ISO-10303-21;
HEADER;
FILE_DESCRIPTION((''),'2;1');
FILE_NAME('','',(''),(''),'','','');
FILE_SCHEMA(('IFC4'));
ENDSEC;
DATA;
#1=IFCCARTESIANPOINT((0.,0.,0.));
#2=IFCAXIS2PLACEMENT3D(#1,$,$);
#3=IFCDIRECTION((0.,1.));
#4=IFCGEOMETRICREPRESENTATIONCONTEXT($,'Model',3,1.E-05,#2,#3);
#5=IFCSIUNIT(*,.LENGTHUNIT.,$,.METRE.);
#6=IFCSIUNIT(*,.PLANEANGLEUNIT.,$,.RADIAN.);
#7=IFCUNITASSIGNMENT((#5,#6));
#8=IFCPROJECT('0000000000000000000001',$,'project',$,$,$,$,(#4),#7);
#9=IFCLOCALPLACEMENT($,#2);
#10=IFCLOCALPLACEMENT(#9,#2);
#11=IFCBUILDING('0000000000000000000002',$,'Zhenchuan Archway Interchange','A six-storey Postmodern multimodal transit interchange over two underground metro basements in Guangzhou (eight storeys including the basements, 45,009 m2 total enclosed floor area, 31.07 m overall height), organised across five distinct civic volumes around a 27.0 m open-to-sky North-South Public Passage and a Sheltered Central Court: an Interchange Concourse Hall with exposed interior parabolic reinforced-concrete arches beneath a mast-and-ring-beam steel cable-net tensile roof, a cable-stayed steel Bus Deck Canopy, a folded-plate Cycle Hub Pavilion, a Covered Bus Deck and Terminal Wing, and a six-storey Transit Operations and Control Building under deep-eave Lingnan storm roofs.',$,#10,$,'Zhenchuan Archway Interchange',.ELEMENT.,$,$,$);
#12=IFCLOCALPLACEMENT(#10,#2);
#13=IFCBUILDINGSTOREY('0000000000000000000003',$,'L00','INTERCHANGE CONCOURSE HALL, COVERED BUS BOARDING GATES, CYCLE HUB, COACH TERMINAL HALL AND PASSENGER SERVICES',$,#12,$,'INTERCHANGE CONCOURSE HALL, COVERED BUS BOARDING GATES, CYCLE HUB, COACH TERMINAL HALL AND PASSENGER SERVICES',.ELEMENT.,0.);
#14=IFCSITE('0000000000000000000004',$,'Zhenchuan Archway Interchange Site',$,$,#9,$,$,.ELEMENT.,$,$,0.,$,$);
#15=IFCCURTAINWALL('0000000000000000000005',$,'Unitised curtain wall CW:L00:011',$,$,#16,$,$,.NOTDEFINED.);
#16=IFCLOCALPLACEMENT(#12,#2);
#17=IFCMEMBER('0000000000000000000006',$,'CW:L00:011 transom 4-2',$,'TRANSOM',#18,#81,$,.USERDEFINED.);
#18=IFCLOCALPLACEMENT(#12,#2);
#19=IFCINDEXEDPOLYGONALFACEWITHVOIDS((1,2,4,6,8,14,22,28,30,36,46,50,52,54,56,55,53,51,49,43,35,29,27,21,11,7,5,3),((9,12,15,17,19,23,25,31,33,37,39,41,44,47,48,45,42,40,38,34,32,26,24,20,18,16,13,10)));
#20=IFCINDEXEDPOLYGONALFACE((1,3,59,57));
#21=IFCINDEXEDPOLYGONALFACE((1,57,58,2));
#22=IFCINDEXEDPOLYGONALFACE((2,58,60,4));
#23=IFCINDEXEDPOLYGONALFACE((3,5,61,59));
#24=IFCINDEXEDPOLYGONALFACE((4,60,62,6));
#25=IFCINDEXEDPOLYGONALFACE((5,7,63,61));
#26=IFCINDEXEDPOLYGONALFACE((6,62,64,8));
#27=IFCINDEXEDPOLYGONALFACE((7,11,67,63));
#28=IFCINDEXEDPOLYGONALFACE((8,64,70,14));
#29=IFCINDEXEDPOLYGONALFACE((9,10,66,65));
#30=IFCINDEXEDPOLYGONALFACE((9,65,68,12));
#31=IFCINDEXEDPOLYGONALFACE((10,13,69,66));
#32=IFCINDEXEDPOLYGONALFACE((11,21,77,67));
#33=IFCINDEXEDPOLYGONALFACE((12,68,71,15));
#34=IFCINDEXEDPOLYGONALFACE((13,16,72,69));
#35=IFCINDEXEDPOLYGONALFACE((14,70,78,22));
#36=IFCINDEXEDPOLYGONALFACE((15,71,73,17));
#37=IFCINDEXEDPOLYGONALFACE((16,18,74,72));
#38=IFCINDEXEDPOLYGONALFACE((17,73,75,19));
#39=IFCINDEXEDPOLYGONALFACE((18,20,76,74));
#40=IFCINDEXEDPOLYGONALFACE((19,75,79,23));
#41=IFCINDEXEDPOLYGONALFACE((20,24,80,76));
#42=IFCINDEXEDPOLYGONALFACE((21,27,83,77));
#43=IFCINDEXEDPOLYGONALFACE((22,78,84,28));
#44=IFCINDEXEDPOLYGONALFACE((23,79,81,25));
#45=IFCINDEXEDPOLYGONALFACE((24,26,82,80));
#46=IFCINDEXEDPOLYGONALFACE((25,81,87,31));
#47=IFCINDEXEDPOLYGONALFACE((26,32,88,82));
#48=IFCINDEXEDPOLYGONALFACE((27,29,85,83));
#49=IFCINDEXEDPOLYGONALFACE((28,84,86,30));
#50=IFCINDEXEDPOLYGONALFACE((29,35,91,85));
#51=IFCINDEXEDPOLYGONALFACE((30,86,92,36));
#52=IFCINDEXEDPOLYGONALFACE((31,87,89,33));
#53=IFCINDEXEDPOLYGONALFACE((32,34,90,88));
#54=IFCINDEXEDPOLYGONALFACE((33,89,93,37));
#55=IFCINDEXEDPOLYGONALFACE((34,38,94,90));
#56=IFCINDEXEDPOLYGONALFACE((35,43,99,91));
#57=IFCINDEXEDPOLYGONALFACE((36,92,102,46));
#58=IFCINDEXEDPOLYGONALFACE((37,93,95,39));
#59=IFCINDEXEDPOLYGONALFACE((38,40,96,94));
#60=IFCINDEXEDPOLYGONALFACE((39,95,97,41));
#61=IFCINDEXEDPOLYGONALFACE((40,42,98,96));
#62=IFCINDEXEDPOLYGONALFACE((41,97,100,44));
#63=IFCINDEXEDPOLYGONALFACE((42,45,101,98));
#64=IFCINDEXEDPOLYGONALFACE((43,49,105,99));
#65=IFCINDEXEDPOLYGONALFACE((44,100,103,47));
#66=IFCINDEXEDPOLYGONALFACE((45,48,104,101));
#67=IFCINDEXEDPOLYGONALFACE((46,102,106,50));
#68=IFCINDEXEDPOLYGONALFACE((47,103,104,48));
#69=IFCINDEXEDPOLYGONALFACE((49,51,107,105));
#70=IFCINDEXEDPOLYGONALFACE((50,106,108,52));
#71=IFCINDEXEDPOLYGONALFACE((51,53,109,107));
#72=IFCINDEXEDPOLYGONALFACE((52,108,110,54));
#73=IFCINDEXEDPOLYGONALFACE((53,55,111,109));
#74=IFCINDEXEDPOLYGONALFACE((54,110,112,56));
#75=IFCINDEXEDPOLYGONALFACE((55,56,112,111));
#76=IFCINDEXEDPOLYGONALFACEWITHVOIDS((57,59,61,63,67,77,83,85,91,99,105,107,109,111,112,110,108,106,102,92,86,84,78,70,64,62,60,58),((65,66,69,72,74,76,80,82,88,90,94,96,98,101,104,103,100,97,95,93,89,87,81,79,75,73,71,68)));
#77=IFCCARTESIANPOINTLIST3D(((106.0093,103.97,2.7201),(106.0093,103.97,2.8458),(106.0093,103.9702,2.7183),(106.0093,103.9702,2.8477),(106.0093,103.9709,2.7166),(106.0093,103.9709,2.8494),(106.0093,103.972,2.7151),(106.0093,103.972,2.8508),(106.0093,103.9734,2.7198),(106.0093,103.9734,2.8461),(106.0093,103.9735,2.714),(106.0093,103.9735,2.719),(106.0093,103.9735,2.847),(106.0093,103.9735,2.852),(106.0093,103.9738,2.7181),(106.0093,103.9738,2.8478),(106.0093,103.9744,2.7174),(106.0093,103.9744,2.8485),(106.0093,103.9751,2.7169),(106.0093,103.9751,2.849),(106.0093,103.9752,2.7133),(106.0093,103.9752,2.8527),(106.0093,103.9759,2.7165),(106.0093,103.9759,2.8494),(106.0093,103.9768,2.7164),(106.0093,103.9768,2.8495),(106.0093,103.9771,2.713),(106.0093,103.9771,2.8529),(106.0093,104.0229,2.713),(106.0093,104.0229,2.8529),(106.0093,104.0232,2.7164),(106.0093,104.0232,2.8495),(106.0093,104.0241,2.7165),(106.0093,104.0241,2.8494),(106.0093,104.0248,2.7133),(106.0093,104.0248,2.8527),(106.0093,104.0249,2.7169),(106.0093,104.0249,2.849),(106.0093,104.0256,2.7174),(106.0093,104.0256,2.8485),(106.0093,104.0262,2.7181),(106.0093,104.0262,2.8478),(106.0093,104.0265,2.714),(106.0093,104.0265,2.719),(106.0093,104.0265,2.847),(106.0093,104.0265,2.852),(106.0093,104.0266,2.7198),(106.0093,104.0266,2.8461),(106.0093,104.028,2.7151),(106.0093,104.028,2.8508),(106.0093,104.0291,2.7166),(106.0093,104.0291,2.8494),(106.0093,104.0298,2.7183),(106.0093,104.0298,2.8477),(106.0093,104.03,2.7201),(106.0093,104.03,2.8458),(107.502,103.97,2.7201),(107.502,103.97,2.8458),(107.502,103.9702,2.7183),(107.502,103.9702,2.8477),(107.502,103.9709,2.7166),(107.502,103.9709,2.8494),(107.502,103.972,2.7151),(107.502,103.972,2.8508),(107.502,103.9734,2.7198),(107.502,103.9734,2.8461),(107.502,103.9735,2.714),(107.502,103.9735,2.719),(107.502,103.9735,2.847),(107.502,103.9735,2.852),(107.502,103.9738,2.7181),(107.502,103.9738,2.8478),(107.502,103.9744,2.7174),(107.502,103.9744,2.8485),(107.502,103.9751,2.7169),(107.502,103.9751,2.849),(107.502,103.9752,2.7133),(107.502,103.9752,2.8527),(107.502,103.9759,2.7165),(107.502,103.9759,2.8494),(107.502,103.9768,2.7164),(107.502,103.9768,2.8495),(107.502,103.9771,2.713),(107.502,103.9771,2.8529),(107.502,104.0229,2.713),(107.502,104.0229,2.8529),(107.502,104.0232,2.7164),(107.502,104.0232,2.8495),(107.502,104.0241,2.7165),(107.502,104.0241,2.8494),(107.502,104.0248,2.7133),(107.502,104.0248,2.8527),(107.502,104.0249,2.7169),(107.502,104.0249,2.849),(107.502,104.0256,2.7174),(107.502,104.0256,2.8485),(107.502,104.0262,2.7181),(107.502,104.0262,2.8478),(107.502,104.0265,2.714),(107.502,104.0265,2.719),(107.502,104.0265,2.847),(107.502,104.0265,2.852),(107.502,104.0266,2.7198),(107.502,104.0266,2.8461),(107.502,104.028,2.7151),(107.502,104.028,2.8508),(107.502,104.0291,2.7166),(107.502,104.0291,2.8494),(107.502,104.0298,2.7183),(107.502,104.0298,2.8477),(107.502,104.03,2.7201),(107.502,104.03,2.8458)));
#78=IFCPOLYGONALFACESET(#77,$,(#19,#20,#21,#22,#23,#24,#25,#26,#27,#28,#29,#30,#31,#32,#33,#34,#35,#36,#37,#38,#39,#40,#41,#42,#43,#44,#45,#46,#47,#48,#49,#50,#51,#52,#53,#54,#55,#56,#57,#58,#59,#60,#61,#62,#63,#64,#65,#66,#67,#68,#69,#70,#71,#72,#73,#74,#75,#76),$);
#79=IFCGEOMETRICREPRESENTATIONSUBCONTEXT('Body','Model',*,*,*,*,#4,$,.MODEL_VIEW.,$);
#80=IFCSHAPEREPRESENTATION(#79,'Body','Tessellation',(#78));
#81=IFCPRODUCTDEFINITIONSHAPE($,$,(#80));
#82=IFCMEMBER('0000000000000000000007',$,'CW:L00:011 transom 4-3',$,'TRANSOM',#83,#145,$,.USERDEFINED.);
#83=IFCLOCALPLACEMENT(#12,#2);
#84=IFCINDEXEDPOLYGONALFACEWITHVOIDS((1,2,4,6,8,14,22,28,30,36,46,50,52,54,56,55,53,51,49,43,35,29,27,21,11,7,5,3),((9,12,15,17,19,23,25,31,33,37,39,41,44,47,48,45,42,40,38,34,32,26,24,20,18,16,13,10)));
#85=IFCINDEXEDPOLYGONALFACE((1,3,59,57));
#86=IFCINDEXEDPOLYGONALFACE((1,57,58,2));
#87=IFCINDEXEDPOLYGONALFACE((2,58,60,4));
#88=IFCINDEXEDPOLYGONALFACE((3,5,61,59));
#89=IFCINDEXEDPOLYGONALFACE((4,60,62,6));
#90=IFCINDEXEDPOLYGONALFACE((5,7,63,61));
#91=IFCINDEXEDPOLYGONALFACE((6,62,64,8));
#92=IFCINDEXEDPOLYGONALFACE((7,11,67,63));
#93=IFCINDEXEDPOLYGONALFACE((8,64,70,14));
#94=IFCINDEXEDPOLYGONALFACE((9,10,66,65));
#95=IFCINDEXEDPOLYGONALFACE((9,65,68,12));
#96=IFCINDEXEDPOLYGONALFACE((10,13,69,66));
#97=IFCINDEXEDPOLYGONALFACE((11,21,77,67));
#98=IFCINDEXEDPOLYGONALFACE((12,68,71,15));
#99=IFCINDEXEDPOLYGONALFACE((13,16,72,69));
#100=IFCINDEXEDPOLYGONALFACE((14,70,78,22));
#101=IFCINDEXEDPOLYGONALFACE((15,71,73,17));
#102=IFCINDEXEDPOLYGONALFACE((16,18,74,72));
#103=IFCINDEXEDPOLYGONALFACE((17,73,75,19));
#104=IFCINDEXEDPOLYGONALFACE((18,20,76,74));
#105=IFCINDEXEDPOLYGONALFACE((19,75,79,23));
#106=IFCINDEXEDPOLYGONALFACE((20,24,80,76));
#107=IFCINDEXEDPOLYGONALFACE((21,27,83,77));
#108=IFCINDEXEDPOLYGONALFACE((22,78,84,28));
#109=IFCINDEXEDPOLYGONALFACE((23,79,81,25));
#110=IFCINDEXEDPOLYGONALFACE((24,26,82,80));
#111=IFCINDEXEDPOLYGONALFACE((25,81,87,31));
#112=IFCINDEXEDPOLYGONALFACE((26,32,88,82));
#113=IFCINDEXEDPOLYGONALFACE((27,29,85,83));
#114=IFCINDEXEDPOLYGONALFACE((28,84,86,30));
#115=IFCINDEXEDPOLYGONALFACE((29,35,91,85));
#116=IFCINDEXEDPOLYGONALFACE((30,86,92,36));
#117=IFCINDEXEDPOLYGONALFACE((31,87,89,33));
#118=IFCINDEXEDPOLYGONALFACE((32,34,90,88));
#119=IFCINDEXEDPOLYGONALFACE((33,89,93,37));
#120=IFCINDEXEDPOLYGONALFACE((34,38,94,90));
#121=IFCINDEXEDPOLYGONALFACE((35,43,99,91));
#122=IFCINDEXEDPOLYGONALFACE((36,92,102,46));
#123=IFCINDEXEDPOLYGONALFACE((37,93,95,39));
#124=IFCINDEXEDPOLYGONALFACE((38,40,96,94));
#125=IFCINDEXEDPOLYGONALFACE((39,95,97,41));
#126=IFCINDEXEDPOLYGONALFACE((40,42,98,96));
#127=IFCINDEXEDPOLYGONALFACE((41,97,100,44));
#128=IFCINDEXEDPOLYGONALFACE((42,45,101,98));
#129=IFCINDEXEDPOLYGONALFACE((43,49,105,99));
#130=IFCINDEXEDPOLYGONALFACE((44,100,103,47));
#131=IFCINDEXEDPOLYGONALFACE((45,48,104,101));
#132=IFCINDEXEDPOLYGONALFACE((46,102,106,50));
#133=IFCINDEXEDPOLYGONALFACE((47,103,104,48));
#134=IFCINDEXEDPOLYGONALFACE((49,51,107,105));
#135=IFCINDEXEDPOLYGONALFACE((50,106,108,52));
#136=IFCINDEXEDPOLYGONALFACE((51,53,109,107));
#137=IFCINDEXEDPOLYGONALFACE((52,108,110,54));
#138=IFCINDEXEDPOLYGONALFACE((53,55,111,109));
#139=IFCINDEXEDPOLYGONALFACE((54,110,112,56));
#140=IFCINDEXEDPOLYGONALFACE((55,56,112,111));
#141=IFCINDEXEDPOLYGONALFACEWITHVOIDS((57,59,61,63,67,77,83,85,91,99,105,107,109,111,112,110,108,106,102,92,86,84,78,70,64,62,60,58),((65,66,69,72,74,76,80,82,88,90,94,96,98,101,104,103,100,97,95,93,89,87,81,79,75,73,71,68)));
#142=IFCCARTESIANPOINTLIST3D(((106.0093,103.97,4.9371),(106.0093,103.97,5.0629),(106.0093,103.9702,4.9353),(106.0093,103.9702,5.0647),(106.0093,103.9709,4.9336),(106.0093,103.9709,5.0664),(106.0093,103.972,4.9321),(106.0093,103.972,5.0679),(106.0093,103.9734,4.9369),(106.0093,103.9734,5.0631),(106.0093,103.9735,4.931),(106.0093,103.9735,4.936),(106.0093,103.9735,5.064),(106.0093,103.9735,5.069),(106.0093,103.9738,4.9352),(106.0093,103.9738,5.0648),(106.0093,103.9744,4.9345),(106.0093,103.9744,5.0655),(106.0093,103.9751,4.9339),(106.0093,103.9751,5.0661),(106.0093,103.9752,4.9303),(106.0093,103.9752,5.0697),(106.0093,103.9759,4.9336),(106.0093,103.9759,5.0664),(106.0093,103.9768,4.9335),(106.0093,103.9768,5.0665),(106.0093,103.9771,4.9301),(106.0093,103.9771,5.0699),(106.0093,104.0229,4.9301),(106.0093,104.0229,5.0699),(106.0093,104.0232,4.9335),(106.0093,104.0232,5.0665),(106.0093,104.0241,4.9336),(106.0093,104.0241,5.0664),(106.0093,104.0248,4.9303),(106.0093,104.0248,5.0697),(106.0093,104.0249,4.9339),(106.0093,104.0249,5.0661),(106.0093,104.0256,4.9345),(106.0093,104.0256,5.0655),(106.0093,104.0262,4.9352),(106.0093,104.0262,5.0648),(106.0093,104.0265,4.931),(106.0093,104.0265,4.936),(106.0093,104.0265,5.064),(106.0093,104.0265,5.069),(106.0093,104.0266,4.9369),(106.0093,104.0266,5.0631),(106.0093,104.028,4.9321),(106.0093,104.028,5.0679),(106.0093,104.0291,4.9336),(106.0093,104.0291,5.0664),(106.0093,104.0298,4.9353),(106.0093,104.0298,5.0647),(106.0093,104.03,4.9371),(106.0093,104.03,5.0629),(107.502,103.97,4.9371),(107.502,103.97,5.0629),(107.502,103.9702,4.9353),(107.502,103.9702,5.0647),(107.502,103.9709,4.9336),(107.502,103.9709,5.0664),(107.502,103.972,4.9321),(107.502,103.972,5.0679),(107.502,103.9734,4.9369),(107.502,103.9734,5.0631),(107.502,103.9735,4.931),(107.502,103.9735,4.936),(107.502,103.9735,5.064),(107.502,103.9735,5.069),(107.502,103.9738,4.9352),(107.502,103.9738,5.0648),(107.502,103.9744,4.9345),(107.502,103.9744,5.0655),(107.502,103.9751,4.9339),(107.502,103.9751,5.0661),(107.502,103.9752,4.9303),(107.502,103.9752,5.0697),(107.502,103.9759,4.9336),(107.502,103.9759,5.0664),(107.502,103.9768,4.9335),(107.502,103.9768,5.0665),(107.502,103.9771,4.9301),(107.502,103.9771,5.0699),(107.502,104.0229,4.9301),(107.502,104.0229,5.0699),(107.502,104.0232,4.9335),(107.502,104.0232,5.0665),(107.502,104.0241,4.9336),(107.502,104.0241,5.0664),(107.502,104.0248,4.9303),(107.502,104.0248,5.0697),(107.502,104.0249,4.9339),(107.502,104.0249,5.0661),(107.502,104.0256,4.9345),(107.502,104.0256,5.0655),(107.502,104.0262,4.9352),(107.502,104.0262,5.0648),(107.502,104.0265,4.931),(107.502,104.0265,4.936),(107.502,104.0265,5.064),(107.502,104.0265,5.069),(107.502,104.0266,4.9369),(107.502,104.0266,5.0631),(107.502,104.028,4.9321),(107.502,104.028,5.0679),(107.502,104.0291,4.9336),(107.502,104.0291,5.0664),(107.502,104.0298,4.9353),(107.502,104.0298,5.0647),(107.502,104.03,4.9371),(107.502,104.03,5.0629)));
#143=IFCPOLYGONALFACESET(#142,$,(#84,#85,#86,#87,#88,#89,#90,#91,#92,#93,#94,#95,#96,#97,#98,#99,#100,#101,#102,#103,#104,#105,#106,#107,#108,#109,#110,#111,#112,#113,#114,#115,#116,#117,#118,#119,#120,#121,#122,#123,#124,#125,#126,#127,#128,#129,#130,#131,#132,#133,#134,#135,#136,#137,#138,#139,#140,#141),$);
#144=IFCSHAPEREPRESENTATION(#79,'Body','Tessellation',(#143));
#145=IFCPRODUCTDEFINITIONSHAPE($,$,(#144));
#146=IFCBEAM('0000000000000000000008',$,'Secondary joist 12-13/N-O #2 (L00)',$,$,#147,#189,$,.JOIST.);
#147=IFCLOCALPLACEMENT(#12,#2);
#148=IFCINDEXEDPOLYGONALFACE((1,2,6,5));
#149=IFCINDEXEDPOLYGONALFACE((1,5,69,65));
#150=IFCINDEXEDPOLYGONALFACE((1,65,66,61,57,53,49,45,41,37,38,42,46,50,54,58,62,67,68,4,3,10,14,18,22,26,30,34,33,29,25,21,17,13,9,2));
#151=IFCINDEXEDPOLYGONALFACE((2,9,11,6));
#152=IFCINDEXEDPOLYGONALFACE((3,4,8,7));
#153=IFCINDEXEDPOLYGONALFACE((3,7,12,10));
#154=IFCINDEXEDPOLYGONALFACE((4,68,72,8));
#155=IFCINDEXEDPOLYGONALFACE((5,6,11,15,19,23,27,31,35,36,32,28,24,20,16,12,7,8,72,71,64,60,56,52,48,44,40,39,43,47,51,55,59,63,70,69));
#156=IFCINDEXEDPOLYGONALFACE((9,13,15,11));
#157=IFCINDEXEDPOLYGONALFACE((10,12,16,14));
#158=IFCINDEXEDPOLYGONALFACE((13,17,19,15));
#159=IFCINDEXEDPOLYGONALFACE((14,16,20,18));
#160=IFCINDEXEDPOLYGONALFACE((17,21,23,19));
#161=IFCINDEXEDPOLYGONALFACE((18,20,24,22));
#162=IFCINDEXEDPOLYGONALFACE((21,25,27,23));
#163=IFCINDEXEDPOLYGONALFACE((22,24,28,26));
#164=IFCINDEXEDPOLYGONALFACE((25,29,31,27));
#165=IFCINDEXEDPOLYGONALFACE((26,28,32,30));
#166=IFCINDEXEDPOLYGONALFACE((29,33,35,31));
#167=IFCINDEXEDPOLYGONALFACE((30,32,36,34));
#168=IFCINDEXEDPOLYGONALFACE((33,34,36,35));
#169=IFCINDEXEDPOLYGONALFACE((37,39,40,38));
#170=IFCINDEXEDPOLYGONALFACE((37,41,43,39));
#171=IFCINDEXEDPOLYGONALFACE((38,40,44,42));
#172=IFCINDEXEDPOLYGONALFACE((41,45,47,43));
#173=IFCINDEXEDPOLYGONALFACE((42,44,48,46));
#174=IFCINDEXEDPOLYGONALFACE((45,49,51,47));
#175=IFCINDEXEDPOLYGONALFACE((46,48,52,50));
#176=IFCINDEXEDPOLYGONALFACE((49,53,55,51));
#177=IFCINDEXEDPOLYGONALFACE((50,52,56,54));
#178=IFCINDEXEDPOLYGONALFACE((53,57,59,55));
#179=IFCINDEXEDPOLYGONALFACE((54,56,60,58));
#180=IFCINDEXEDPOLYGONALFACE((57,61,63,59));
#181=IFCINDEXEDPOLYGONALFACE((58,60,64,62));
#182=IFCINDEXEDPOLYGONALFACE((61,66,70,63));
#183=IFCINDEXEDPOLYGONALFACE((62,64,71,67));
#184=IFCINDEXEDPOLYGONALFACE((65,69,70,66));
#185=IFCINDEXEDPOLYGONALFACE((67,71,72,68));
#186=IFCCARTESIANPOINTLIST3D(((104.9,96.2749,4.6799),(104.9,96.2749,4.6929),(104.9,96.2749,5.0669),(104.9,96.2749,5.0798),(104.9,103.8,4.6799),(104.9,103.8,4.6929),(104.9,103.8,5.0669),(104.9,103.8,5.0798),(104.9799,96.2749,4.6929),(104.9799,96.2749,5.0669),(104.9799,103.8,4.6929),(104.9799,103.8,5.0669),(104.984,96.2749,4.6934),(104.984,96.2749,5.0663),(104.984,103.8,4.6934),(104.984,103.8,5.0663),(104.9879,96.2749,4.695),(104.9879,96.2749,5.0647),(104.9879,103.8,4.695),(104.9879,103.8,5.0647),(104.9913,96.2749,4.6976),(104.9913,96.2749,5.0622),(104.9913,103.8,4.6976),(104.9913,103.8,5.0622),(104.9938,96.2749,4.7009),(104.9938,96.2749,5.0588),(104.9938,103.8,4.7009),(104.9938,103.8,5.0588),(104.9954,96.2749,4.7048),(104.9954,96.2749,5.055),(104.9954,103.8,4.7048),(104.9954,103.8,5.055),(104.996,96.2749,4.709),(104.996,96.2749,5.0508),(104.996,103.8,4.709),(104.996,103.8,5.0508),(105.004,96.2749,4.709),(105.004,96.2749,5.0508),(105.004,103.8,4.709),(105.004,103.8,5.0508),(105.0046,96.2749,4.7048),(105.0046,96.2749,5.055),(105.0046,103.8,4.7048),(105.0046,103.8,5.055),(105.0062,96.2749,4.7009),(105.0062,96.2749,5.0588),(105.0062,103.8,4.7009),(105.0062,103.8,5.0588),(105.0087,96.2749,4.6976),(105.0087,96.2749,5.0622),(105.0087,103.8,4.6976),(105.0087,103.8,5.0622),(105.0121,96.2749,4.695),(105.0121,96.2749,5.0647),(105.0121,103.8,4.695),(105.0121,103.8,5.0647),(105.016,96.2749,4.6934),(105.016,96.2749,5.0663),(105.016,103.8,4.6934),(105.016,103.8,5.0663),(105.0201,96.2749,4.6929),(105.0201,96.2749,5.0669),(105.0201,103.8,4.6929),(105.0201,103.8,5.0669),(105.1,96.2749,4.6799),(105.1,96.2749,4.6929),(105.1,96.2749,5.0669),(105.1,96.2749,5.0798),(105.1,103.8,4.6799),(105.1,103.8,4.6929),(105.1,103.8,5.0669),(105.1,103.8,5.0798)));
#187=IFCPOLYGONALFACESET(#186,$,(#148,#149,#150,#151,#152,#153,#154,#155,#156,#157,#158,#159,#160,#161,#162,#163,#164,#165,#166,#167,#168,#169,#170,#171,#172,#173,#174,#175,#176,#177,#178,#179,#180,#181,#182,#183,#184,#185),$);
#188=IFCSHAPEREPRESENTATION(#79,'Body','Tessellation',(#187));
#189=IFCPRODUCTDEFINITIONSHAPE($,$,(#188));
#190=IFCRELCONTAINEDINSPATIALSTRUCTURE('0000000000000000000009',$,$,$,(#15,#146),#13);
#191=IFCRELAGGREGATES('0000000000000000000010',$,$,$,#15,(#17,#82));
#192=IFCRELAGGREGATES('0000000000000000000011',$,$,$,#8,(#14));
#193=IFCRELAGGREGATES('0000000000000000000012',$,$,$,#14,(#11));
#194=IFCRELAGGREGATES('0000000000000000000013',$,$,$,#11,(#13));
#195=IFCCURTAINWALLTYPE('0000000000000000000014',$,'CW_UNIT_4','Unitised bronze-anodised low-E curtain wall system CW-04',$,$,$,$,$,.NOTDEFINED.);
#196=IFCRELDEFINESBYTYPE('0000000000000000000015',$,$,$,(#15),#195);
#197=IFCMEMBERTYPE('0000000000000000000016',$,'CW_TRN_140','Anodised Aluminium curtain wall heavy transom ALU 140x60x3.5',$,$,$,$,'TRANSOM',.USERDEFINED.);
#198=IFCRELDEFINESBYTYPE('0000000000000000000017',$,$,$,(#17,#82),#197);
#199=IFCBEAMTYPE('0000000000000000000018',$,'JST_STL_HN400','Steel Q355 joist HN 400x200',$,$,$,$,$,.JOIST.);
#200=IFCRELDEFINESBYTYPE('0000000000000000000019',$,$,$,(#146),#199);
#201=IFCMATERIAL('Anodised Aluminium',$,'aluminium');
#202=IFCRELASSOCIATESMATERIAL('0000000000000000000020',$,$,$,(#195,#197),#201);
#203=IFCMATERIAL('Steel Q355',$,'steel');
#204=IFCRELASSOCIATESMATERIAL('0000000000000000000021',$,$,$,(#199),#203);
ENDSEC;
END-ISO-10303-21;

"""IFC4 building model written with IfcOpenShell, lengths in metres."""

from ifc_helpers import new_model, si_unit, direction, frame, origin, origin_2d, place, context, subcontext, project, spatial, hollow_rectangle, i_section, extrude, material, material_profile, profile_set, type_object, element, aggregate, save


model = new_model("IFC4")

# Units and contexts
model_context = context("Model", 3, precision=1e-05, world=origin(), true_north=direction((0.0, 1.0)))
body_context = subcontext(model_context, "Body", "Model", "MODEL_VIEW")
ifc_project = project(units=[si_unit("LENGTHUNIT", "METRE"), si_unit("PLANEANGLEUNIT", "RADIAN")], contexts=[model_context])

# Site, building, storey
site_placement = place(None, origin())
site = spatial("IfcSite", under=ifc_project, at=site_placement, Name="Zhenchuan Archway Interchange Site", CompositionType="ELEMENT", RefElevation=0.0)
building_placement = place(site_placement, origin())
building = spatial("IfcBuilding", under=site, at=building_placement, Name="Zhenchuan Archway Interchange", Description="A six-storey Postmodern multimodal transit interchange over two underground metro basements in Guangzhou (eight storeys including the basements, 45,009 m2 total enclosed floor area, 31.07 m overall height), organised across five distinct civic volumes around a 27.0 m open-to-sky North-South Public Passage and a Sheltered Central Court: an Interchange Concourse Hall with exposed interior parabolic reinforced-concrete arches beneath a mast-and-ring-beam steel cable-net tensile roof, a cable-stayed steel Bus Deck Canopy, a folded-plate Cycle Hub Pavilion, a Covered Bus Deck and Terminal Wing, and a six-storey Transit Operations and Control Building under deep-eave Lingnan storm roofs.", LongName="Zhenchuan Archway Interchange", CompositionType="ELEMENT")
storey_placement = place(building_placement, origin())
storey = spatial("IfcBuildingStorey", under=building, at=storey_placement, Name="L00", Description="INTERCHANGE CONCOURSE HALL, COVERED BUS BOARDING GATES, CYCLE HUB, COACH TERMINAL HALL AND PASSENGER SERVICES", LongName="INTERCHANGE CONCOURSE HALL, COVERED BUS BOARDING GATES, CYCLE HUB, COACH TERMINAL HALL AND PASSENGER SERVICES", CompositionType="ELEMENT", Elevation=0.0)

# Curtain wall, members
ifc_material_1 = material(Name="Anodised Aluminium", Category="aluminium")
curtain_wall_type = type_object("IfcCurtainWallType", Name="CW_UNIT_4", Description="Unitised bronze-anodised low-E curtain wall system CW-04", PredefinedType="NOTDEFINED", material=ifc_material_1)
curtain_wall_placement = place(storey_placement, origin())
curtain_wall = element("IfcCurtainWall", 1, at=curtain_wall_placement, inside=storey, type_object=curtain_wall_type, Name="Unitised curtain wall CW:L00:011", PredefinedType="NOTDEFINED")
ifc_material_profile_1 = material_profile(ifc_material_1, hollow_rectangle(XDim=0.0601, YDim=0.1399, WallThickness=0.0034, InnerFilletRadius=0.0034, OuterFilletRadius=0.0071, at=origin_2d()), Name="ALU 140x60x3.5")
ifc_profile_set_1 = profile_set([ifc_material_profile_1], Name="Anodised Aluminium")
member_type_1 = type_object("IfcMemberType", Name="CW_TRN_140", Description="Anodised Aluminium curtain wall heavy transom ALU 140x60x3.5", ElementType="TRANSOM", PredefinedType="USERDEFINED", material=ifc_profile_set_1)
member_1_placement = place(storey_placement, frame((106.0093, 104.0, 2.783), z_axis=(1.0, 0.0, 0.0), x_axis=(0.0, 1.0, 0.0)))
member_1 = element("IfcMember", 2, at=member_1_placement, type_object=member_type_1, Name="CW:L00:011 transom 4-2", ObjectType="TRANSOM", PredefinedType="USERDEFINED", context=body_context, shape_type="SweptSolid", body=[
    extrude(hollow_rectangle(XDim=0.0601, YDim=0.1399, WallThickness=0.0034, InnerFilletRadius=0.0034, OuterFilletRadius=0.0071, at=origin_2d()), origin(), (0.0, 0.0, 1.0), 1.4927),
])
member_2_placement = place(storey_placement, frame((106.0093, 104.0, 5.0), z_axis=(1.0, 0.0, 0.0), x_axis=(0.0, 1.0, 0.0)))
member_2 = element("IfcMember", 3, at=member_2_placement, type_object=member_type_1, Name="CW:L00:011 transom 4-3", ObjectType="TRANSOM", PredefinedType="USERDEFINED", context=body_context, shape_type="SweptSolid", body=[
    extrude(hollow_rectangle(XDim=0.0601, YDim=0.1399, WallThickness=0.0034, InnerFilletRadius=0.0034, OuterFilletRadius=0.0071, at=origin_2d()), origin(), (0.0, 0.0, 1.0), 1.4927),
])

# Beam
ifc_material_2 = material(Name="Steel Q355", Category="steel")
ifc_material_profile_2 = material_profile(ifc_material_2, i_section(OverallWidth=0.2, OverallDepth=0.3999, WebThickness=0.0081, FlangeThickness=0.0129, FilletRadius=0.0161, at=origin_2d()), Name="HN 400x200")
ifc_profile_set_2 = profile_set([ifc_material_profile_2], Name="Steel Q355")
beam_type = type_object("IfcBeamType", Name="JST_STL_HN400", Description="Steel Q355 joist HN 400x200", PredefinedType="JOIST", material=ifc_profile_set_2)
beam_placement = place(storey_placement, frame((105.0, 96.2749, 4.8799), z_axis=(0.0, 1.0, 0.0), x_axis=(-1.0, 0.0, 0.0)))
element("IfcBeam", 4, at=beam_placement, inside=storey, type_object=beam_type, Name="Secondary joist 12-13/N-O #2 (L00)", PredefinedType="JOIST", context=body_context, shape_type="SweptSolid", body=[
    extrude(i_section(OverallWidth=0.2, OverallDepth=0.3999, WebThickness=0.0081, FlangeThickness=0.0129, FilletRadius=0.0161, at=origin_2d()), origin(), (0.0, 0.0, 1.0), 7.5251),
])

aggregate(curtain_wall, [member_1, member_2])

save(model, "model.ifc")
